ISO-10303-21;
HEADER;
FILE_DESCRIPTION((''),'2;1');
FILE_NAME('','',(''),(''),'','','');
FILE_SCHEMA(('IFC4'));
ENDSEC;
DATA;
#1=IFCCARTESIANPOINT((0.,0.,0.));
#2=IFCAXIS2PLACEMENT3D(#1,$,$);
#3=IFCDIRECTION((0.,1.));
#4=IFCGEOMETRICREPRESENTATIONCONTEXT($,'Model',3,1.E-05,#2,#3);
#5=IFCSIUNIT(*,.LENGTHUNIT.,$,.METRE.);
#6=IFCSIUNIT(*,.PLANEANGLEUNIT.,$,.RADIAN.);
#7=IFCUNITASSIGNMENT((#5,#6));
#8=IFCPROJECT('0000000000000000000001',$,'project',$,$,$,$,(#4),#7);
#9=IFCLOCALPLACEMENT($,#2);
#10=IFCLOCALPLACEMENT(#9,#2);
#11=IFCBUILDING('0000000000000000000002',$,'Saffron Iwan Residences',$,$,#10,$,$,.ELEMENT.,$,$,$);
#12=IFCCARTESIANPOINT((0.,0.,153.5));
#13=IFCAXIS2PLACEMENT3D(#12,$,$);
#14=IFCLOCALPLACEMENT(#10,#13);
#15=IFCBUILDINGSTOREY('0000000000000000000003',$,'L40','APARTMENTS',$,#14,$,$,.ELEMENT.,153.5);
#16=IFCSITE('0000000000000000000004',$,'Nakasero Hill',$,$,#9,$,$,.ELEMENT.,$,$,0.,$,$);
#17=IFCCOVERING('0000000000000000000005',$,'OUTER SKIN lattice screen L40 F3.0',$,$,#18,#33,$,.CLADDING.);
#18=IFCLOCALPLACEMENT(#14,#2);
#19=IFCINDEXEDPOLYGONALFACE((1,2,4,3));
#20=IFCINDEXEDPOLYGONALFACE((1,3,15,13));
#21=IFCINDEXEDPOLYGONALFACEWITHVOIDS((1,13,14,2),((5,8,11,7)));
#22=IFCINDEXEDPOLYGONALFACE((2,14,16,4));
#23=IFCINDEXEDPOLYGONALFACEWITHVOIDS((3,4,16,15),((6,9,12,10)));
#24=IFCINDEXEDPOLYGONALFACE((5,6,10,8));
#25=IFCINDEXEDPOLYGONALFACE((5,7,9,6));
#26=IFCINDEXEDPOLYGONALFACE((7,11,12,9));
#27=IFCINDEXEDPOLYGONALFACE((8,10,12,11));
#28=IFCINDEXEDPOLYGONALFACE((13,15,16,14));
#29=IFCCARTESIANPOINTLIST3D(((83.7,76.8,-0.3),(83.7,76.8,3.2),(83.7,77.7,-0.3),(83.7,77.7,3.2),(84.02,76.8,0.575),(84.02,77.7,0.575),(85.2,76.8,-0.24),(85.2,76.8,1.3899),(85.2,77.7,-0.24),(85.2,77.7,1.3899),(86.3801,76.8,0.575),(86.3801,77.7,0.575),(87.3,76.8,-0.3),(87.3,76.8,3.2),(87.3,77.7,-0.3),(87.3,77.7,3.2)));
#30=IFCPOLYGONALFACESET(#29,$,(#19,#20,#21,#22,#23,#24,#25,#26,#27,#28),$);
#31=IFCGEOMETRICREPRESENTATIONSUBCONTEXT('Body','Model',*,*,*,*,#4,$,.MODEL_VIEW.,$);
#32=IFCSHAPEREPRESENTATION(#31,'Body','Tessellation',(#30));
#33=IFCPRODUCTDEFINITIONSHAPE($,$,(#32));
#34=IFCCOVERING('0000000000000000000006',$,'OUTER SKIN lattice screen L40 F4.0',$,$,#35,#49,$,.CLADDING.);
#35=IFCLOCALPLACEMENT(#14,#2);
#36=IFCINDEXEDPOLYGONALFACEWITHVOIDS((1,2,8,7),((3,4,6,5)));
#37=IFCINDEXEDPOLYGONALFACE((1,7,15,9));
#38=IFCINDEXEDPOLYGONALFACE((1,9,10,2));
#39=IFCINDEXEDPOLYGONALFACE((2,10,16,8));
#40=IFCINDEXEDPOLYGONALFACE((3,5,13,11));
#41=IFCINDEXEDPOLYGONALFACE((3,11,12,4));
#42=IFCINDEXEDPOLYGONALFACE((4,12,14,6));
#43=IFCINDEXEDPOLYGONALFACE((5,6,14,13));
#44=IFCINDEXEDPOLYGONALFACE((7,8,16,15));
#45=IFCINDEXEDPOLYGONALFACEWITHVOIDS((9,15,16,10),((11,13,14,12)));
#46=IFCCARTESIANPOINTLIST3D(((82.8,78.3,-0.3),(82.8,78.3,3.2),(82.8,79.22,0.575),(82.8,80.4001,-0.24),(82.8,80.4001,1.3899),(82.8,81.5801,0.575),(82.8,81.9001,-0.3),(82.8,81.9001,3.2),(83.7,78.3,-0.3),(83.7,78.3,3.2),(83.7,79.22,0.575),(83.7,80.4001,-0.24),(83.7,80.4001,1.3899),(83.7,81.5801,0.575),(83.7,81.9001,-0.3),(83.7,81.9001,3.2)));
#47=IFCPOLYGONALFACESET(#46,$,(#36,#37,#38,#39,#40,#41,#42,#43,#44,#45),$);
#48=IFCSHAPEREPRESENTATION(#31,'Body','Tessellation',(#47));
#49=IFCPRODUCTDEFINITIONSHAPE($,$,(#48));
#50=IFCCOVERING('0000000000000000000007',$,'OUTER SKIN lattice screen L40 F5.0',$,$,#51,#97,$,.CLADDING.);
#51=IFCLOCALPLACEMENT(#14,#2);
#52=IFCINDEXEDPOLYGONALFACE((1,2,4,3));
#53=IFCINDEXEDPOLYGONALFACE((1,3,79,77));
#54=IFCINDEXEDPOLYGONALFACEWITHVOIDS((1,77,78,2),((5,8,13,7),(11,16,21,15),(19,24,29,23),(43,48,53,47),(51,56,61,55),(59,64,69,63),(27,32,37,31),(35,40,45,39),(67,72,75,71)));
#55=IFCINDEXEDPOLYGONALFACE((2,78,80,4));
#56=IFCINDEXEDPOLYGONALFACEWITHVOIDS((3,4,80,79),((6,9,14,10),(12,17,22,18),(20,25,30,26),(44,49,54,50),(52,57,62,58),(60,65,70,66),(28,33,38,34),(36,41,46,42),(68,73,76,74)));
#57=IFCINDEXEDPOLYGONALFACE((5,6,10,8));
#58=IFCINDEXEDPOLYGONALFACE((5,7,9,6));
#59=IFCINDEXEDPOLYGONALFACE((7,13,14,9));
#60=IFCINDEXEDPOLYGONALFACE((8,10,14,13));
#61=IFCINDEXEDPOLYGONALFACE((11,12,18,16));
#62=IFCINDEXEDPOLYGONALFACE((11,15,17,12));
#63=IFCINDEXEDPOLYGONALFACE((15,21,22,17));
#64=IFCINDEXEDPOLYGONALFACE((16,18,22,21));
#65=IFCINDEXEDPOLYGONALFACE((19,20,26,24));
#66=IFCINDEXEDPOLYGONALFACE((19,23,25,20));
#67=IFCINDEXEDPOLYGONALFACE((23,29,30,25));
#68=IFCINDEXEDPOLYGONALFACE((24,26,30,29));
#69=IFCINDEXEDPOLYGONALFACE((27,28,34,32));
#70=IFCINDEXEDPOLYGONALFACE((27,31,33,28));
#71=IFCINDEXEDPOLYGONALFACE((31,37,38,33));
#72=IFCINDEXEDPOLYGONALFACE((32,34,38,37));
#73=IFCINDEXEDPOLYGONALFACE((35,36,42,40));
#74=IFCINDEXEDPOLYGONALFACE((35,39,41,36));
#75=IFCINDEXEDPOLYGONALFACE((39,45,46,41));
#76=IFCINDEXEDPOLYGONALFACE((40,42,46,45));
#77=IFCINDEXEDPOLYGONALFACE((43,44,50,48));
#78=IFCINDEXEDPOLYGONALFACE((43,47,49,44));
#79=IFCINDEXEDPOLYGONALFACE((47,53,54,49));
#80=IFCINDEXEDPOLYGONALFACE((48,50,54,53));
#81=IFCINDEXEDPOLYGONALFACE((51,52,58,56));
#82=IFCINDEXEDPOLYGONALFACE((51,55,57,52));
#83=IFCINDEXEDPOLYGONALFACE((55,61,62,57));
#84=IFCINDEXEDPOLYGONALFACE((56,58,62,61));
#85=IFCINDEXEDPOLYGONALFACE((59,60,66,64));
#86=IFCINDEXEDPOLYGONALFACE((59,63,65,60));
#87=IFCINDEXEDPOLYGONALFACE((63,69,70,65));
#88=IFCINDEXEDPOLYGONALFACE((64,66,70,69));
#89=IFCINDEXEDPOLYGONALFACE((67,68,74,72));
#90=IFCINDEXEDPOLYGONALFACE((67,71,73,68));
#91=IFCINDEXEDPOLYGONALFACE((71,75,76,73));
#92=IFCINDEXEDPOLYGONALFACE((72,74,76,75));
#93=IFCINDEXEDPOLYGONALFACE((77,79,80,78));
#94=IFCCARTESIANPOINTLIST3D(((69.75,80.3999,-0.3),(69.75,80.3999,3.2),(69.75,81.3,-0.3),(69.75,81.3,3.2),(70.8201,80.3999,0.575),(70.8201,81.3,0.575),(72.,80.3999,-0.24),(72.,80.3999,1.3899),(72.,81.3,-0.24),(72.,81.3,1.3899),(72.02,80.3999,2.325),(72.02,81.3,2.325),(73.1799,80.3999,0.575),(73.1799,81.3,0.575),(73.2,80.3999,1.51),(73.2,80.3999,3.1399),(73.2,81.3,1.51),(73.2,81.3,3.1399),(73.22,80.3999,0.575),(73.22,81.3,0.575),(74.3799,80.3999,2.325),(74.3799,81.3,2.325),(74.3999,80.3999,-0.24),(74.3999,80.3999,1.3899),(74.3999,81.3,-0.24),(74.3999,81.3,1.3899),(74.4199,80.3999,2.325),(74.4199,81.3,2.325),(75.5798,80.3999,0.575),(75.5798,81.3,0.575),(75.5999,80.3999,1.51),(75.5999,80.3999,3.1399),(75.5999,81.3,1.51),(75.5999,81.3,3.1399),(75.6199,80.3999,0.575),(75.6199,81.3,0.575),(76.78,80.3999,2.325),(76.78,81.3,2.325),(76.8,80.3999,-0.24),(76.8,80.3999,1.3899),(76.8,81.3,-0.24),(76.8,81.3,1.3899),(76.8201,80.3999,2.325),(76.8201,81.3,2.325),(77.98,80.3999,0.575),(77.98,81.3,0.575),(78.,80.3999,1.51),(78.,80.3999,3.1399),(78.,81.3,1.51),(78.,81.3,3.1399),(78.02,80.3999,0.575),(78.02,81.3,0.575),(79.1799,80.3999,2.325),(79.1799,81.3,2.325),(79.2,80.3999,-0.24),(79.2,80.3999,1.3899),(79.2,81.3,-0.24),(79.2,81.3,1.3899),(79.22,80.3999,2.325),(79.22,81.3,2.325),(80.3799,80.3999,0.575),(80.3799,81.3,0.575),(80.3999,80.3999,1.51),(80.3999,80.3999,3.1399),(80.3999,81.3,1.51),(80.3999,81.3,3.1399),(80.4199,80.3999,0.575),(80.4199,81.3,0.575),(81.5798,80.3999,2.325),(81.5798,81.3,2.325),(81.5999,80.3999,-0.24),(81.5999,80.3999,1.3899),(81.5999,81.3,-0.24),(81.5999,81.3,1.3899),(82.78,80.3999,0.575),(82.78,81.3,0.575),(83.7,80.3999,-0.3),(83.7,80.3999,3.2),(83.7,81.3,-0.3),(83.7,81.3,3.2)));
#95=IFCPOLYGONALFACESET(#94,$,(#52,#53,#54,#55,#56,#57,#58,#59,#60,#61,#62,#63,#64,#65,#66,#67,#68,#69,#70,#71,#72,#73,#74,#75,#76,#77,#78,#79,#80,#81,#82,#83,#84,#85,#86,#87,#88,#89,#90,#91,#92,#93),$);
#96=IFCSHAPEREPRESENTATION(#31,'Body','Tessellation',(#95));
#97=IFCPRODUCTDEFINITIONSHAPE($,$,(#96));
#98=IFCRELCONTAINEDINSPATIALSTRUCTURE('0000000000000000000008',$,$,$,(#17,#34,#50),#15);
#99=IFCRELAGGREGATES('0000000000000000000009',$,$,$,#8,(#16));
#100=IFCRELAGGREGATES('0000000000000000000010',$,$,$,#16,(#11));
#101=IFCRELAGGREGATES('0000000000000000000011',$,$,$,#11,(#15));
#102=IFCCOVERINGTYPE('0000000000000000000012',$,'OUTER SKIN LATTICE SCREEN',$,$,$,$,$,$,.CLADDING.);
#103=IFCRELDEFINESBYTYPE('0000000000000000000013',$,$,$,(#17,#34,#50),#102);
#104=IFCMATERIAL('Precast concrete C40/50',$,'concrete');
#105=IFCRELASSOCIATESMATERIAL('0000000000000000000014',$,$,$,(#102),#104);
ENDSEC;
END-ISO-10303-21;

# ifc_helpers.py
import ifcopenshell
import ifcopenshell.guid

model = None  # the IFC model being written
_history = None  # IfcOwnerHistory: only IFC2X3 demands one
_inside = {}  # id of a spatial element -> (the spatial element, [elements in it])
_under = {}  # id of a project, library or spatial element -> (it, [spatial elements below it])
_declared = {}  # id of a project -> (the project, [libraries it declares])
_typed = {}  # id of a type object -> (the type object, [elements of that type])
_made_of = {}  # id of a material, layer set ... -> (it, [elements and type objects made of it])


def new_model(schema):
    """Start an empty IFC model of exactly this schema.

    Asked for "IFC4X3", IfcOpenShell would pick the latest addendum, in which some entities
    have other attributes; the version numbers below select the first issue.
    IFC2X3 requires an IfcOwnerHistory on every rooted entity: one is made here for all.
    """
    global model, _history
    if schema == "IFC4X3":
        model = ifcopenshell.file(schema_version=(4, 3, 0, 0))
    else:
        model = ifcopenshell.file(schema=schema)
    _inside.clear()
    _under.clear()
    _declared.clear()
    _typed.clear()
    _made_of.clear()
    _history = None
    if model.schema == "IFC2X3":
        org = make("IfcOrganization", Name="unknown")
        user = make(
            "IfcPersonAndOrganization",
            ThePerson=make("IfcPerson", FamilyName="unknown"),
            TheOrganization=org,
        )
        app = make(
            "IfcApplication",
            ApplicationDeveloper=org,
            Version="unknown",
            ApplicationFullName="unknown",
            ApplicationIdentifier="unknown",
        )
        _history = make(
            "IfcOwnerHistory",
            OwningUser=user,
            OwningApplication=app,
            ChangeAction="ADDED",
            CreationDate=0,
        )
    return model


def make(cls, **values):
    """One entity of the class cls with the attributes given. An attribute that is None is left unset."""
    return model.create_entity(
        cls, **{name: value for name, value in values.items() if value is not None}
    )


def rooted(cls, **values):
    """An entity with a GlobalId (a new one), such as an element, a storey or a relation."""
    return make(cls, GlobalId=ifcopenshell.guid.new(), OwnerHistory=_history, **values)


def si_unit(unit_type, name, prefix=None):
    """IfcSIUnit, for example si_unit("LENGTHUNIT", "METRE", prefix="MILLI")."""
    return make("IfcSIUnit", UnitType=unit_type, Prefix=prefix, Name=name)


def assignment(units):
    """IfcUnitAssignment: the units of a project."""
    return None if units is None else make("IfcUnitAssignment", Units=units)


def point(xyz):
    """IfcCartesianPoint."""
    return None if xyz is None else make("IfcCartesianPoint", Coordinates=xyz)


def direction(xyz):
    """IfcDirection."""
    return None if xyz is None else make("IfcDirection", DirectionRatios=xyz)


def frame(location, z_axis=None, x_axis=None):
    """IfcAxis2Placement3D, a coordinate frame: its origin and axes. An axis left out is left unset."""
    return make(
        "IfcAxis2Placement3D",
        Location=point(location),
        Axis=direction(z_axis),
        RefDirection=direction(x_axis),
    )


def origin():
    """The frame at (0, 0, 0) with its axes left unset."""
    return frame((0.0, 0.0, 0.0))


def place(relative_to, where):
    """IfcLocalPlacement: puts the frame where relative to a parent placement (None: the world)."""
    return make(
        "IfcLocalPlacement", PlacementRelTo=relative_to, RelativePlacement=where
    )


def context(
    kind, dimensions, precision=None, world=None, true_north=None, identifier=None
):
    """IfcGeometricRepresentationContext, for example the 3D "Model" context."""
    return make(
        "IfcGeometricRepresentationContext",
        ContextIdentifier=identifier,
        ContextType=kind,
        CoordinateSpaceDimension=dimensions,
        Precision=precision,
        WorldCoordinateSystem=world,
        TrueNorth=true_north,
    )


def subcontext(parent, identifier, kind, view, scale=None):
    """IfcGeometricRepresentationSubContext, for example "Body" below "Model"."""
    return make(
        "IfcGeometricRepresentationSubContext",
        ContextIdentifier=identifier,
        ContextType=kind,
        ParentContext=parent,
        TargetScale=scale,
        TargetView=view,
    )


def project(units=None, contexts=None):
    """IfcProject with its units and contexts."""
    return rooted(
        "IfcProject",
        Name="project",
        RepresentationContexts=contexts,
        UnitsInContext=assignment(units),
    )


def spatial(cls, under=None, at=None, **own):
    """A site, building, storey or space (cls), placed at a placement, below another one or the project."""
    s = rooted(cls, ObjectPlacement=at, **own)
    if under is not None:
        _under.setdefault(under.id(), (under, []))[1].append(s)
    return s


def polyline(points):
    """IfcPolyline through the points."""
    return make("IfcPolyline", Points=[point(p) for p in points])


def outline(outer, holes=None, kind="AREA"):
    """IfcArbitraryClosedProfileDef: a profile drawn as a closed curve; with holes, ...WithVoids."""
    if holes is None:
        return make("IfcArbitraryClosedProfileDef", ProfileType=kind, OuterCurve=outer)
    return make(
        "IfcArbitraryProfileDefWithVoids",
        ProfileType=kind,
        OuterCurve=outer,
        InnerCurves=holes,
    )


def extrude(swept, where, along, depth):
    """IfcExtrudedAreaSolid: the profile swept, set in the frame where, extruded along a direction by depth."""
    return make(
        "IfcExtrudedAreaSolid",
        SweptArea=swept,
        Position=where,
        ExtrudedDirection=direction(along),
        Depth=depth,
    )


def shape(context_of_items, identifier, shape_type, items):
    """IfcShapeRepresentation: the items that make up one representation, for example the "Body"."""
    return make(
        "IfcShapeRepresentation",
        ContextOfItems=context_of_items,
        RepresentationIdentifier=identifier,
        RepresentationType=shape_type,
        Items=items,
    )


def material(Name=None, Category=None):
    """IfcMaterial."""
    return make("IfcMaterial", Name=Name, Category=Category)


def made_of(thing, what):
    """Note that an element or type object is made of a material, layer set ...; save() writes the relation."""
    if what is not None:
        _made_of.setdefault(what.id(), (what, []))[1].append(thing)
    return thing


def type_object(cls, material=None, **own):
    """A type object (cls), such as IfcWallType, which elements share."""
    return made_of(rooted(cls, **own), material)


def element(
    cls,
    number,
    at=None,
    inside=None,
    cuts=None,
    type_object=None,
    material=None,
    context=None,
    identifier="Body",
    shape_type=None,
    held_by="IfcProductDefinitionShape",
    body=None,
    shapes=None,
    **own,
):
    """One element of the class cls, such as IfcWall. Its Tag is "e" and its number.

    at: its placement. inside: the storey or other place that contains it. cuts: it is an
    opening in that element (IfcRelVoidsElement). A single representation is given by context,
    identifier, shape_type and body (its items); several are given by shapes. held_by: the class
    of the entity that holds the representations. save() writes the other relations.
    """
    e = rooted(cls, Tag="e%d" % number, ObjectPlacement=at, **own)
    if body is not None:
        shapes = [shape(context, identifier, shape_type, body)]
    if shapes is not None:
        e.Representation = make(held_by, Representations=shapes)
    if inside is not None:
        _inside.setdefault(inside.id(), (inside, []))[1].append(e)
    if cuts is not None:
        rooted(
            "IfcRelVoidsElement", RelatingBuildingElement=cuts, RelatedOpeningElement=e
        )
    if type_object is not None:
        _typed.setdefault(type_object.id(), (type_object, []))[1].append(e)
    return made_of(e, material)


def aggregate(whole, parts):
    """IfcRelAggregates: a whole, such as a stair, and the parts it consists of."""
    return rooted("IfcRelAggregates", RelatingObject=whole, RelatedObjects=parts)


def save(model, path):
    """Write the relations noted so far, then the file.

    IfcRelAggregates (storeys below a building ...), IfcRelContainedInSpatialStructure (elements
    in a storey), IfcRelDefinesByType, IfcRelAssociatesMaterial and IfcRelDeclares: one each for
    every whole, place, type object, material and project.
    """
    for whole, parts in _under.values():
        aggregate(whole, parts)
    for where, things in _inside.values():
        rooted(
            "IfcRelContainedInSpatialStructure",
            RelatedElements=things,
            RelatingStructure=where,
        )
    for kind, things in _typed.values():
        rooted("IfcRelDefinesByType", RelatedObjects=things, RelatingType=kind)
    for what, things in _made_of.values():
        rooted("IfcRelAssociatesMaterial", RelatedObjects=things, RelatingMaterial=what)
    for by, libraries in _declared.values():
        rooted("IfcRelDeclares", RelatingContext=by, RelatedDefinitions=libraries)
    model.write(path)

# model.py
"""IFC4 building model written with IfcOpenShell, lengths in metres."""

from ifc_helpers import new_model, si_unit, direction, frame, origin, place, context, subcontext, project, spatial, polyline, outline, extrude, material, type_object, element, save


model = new_model("IFC4")

# Units and contexts
model_context = context("Model", 3, precision=1e-05, world=origin(), true_north=direction((0.0, 1.0)))
body_context = subcontext(model_context, "Body", "Model", "MODEL_VIEW")
ifc_project = project(units=[si_unit("LENGTHUNIT", "METRE"), si_unit("PLANEANGLEUNIT", "RADIAN")], contexts=[model_context])

# Site, building, storey
site_placement = place(None, origin())
site = spatial("IfcSite", under=ifc_project, at=site_placement, Name="Nakasero Hill", CompositionType="ELEMENT", RefElevation=0.0)
building_placement = place(site_placement, origin())
building = spatial("IfcBuilding", under=site, at=building_placement, Name="Saffron Iwan Residences", CompositionType="ELEMENT")
storey_placement = place(building_placement, frame((0.0, 0.0, 153.5)))
storey = spatial("IfcBuildingStorey", under=building, at=storey_placement, Name="L40", Description="APARTMENTS", CompositionType="ELEMENT", Elevation=153.5)

# Coverings
ifc_material_1 = material(Name="Precast concrete C40/50", Category="concrete")
covering_type = type_object("IfcCoveringType", Name="OUTER SKIN LATTICE SCREEN", PredefinedType="CLADDING", material=ifc_material_1)
for number, where, z_axis, x_axis, name in (
    (1, (87.3, 76.8, -0.3), (0.0, 1.0, 0.0), (-1.0, 0.0, 0.0), "OUTER SKIN lattice screen L40 F3.0"),
    (2, (82.8, 78.3, -0.3), (1.0, 0.0, 0.0), (0.0, 1.0, 0.0), "OUTER SKIN lattice screen L40 F4.0"),
):
    element("IfcCovering", number, at=place(storey_placement, frame(where, z_axis=z_axis, x_axis=x_axis)), inside=storey, type_object=covering_type, Name=name, PredefinedType="CLADDING", context=body_context, shape_type="SweptSolid", body=[
        extrude(outline(polyline([(0.0, 0.0), (3.6001, 0.0), (3.6001, 3.5), (0.0, 3.5), (0.0, 0.0)]), holes=[polyline([(0.9199, 0.875), (2.1001, 0.0601), (3.28, 0.875), (2.1001, 1.6899), (0.9199, 0.875)])]), origin(), (0.0, 0.0, 1.0), 0.8999),
    ])
covering_placement = place(storey_placement, frame((83.7, 80.3999, -0.3), z_axis=(0.0, 1.0, 0.0), x_axis=(-1.0, 0.0, 0.0)))
element("IfcCovering", 3, at=covering_placement, inside=storey, type_object=covering_type, Name="OUTER SKIN lattice screen L40 F5.0", PredefinedType="CLADDING", context=body_context, shape_type="SweptSolid", body=[
    extrude(outline(polyline([(0.0, 0.0), (13.95, 0.0), (13.95, 3.5), (0.0, 3.5), (0.0, 0.0)]), holes=[polyline([(0.9199, 0.875), (2.1001, 0.0601), (3.28, 0.875), (2.1001, 1.6899), (0.9199, 0.875)]), polyline([(3.3201, 0.875), (4.5, 0.0601), (5.6799, 0.875), (4.5, 1.6899), (3.3201, 0.875)]), polyline([(5.72, 0.875), (6.8999, 0.0601), (8.0801, 0.875), (6.8999, 1.6899), (5.72, 0.875)]), polyline([(8.1201, 0.875), (9.3, 0.0601), (10.48, 0.875), (9.3, 1.6899), (8.1201, 0.875)]), polyline([(10.52, 0.875), (11.7, 0.0601), (12.8799, 0.875), (11.7, 1.6899), (10.52, 0.875)]), polyline([(2.1201, 2.625), (3.3, 1.8101), (4.48, 2.625), (3.3, 3.4399), (2.1201, 2.625)]), polyline([(4.52, 2.625), (5.7, 1.8101), (6.8799, 2.625), (5.7, 3.4399), (4.52, 2.625)]), polyline([(6.9199, 2.625), (8.1001, 1.8101), (9.28, 2.625), (8.1001, 3.4399), (6.9199, 2.625)]), polyline([(9.3201, 2.625), (10.5, 1.8101), (11.6799, 2.625), (10.5, 3.4399), (9.3201, 2.625)])]), origin(), (0.0, 0.0, 1.0), 0.9001),
])

save(model, "model.ifc")
